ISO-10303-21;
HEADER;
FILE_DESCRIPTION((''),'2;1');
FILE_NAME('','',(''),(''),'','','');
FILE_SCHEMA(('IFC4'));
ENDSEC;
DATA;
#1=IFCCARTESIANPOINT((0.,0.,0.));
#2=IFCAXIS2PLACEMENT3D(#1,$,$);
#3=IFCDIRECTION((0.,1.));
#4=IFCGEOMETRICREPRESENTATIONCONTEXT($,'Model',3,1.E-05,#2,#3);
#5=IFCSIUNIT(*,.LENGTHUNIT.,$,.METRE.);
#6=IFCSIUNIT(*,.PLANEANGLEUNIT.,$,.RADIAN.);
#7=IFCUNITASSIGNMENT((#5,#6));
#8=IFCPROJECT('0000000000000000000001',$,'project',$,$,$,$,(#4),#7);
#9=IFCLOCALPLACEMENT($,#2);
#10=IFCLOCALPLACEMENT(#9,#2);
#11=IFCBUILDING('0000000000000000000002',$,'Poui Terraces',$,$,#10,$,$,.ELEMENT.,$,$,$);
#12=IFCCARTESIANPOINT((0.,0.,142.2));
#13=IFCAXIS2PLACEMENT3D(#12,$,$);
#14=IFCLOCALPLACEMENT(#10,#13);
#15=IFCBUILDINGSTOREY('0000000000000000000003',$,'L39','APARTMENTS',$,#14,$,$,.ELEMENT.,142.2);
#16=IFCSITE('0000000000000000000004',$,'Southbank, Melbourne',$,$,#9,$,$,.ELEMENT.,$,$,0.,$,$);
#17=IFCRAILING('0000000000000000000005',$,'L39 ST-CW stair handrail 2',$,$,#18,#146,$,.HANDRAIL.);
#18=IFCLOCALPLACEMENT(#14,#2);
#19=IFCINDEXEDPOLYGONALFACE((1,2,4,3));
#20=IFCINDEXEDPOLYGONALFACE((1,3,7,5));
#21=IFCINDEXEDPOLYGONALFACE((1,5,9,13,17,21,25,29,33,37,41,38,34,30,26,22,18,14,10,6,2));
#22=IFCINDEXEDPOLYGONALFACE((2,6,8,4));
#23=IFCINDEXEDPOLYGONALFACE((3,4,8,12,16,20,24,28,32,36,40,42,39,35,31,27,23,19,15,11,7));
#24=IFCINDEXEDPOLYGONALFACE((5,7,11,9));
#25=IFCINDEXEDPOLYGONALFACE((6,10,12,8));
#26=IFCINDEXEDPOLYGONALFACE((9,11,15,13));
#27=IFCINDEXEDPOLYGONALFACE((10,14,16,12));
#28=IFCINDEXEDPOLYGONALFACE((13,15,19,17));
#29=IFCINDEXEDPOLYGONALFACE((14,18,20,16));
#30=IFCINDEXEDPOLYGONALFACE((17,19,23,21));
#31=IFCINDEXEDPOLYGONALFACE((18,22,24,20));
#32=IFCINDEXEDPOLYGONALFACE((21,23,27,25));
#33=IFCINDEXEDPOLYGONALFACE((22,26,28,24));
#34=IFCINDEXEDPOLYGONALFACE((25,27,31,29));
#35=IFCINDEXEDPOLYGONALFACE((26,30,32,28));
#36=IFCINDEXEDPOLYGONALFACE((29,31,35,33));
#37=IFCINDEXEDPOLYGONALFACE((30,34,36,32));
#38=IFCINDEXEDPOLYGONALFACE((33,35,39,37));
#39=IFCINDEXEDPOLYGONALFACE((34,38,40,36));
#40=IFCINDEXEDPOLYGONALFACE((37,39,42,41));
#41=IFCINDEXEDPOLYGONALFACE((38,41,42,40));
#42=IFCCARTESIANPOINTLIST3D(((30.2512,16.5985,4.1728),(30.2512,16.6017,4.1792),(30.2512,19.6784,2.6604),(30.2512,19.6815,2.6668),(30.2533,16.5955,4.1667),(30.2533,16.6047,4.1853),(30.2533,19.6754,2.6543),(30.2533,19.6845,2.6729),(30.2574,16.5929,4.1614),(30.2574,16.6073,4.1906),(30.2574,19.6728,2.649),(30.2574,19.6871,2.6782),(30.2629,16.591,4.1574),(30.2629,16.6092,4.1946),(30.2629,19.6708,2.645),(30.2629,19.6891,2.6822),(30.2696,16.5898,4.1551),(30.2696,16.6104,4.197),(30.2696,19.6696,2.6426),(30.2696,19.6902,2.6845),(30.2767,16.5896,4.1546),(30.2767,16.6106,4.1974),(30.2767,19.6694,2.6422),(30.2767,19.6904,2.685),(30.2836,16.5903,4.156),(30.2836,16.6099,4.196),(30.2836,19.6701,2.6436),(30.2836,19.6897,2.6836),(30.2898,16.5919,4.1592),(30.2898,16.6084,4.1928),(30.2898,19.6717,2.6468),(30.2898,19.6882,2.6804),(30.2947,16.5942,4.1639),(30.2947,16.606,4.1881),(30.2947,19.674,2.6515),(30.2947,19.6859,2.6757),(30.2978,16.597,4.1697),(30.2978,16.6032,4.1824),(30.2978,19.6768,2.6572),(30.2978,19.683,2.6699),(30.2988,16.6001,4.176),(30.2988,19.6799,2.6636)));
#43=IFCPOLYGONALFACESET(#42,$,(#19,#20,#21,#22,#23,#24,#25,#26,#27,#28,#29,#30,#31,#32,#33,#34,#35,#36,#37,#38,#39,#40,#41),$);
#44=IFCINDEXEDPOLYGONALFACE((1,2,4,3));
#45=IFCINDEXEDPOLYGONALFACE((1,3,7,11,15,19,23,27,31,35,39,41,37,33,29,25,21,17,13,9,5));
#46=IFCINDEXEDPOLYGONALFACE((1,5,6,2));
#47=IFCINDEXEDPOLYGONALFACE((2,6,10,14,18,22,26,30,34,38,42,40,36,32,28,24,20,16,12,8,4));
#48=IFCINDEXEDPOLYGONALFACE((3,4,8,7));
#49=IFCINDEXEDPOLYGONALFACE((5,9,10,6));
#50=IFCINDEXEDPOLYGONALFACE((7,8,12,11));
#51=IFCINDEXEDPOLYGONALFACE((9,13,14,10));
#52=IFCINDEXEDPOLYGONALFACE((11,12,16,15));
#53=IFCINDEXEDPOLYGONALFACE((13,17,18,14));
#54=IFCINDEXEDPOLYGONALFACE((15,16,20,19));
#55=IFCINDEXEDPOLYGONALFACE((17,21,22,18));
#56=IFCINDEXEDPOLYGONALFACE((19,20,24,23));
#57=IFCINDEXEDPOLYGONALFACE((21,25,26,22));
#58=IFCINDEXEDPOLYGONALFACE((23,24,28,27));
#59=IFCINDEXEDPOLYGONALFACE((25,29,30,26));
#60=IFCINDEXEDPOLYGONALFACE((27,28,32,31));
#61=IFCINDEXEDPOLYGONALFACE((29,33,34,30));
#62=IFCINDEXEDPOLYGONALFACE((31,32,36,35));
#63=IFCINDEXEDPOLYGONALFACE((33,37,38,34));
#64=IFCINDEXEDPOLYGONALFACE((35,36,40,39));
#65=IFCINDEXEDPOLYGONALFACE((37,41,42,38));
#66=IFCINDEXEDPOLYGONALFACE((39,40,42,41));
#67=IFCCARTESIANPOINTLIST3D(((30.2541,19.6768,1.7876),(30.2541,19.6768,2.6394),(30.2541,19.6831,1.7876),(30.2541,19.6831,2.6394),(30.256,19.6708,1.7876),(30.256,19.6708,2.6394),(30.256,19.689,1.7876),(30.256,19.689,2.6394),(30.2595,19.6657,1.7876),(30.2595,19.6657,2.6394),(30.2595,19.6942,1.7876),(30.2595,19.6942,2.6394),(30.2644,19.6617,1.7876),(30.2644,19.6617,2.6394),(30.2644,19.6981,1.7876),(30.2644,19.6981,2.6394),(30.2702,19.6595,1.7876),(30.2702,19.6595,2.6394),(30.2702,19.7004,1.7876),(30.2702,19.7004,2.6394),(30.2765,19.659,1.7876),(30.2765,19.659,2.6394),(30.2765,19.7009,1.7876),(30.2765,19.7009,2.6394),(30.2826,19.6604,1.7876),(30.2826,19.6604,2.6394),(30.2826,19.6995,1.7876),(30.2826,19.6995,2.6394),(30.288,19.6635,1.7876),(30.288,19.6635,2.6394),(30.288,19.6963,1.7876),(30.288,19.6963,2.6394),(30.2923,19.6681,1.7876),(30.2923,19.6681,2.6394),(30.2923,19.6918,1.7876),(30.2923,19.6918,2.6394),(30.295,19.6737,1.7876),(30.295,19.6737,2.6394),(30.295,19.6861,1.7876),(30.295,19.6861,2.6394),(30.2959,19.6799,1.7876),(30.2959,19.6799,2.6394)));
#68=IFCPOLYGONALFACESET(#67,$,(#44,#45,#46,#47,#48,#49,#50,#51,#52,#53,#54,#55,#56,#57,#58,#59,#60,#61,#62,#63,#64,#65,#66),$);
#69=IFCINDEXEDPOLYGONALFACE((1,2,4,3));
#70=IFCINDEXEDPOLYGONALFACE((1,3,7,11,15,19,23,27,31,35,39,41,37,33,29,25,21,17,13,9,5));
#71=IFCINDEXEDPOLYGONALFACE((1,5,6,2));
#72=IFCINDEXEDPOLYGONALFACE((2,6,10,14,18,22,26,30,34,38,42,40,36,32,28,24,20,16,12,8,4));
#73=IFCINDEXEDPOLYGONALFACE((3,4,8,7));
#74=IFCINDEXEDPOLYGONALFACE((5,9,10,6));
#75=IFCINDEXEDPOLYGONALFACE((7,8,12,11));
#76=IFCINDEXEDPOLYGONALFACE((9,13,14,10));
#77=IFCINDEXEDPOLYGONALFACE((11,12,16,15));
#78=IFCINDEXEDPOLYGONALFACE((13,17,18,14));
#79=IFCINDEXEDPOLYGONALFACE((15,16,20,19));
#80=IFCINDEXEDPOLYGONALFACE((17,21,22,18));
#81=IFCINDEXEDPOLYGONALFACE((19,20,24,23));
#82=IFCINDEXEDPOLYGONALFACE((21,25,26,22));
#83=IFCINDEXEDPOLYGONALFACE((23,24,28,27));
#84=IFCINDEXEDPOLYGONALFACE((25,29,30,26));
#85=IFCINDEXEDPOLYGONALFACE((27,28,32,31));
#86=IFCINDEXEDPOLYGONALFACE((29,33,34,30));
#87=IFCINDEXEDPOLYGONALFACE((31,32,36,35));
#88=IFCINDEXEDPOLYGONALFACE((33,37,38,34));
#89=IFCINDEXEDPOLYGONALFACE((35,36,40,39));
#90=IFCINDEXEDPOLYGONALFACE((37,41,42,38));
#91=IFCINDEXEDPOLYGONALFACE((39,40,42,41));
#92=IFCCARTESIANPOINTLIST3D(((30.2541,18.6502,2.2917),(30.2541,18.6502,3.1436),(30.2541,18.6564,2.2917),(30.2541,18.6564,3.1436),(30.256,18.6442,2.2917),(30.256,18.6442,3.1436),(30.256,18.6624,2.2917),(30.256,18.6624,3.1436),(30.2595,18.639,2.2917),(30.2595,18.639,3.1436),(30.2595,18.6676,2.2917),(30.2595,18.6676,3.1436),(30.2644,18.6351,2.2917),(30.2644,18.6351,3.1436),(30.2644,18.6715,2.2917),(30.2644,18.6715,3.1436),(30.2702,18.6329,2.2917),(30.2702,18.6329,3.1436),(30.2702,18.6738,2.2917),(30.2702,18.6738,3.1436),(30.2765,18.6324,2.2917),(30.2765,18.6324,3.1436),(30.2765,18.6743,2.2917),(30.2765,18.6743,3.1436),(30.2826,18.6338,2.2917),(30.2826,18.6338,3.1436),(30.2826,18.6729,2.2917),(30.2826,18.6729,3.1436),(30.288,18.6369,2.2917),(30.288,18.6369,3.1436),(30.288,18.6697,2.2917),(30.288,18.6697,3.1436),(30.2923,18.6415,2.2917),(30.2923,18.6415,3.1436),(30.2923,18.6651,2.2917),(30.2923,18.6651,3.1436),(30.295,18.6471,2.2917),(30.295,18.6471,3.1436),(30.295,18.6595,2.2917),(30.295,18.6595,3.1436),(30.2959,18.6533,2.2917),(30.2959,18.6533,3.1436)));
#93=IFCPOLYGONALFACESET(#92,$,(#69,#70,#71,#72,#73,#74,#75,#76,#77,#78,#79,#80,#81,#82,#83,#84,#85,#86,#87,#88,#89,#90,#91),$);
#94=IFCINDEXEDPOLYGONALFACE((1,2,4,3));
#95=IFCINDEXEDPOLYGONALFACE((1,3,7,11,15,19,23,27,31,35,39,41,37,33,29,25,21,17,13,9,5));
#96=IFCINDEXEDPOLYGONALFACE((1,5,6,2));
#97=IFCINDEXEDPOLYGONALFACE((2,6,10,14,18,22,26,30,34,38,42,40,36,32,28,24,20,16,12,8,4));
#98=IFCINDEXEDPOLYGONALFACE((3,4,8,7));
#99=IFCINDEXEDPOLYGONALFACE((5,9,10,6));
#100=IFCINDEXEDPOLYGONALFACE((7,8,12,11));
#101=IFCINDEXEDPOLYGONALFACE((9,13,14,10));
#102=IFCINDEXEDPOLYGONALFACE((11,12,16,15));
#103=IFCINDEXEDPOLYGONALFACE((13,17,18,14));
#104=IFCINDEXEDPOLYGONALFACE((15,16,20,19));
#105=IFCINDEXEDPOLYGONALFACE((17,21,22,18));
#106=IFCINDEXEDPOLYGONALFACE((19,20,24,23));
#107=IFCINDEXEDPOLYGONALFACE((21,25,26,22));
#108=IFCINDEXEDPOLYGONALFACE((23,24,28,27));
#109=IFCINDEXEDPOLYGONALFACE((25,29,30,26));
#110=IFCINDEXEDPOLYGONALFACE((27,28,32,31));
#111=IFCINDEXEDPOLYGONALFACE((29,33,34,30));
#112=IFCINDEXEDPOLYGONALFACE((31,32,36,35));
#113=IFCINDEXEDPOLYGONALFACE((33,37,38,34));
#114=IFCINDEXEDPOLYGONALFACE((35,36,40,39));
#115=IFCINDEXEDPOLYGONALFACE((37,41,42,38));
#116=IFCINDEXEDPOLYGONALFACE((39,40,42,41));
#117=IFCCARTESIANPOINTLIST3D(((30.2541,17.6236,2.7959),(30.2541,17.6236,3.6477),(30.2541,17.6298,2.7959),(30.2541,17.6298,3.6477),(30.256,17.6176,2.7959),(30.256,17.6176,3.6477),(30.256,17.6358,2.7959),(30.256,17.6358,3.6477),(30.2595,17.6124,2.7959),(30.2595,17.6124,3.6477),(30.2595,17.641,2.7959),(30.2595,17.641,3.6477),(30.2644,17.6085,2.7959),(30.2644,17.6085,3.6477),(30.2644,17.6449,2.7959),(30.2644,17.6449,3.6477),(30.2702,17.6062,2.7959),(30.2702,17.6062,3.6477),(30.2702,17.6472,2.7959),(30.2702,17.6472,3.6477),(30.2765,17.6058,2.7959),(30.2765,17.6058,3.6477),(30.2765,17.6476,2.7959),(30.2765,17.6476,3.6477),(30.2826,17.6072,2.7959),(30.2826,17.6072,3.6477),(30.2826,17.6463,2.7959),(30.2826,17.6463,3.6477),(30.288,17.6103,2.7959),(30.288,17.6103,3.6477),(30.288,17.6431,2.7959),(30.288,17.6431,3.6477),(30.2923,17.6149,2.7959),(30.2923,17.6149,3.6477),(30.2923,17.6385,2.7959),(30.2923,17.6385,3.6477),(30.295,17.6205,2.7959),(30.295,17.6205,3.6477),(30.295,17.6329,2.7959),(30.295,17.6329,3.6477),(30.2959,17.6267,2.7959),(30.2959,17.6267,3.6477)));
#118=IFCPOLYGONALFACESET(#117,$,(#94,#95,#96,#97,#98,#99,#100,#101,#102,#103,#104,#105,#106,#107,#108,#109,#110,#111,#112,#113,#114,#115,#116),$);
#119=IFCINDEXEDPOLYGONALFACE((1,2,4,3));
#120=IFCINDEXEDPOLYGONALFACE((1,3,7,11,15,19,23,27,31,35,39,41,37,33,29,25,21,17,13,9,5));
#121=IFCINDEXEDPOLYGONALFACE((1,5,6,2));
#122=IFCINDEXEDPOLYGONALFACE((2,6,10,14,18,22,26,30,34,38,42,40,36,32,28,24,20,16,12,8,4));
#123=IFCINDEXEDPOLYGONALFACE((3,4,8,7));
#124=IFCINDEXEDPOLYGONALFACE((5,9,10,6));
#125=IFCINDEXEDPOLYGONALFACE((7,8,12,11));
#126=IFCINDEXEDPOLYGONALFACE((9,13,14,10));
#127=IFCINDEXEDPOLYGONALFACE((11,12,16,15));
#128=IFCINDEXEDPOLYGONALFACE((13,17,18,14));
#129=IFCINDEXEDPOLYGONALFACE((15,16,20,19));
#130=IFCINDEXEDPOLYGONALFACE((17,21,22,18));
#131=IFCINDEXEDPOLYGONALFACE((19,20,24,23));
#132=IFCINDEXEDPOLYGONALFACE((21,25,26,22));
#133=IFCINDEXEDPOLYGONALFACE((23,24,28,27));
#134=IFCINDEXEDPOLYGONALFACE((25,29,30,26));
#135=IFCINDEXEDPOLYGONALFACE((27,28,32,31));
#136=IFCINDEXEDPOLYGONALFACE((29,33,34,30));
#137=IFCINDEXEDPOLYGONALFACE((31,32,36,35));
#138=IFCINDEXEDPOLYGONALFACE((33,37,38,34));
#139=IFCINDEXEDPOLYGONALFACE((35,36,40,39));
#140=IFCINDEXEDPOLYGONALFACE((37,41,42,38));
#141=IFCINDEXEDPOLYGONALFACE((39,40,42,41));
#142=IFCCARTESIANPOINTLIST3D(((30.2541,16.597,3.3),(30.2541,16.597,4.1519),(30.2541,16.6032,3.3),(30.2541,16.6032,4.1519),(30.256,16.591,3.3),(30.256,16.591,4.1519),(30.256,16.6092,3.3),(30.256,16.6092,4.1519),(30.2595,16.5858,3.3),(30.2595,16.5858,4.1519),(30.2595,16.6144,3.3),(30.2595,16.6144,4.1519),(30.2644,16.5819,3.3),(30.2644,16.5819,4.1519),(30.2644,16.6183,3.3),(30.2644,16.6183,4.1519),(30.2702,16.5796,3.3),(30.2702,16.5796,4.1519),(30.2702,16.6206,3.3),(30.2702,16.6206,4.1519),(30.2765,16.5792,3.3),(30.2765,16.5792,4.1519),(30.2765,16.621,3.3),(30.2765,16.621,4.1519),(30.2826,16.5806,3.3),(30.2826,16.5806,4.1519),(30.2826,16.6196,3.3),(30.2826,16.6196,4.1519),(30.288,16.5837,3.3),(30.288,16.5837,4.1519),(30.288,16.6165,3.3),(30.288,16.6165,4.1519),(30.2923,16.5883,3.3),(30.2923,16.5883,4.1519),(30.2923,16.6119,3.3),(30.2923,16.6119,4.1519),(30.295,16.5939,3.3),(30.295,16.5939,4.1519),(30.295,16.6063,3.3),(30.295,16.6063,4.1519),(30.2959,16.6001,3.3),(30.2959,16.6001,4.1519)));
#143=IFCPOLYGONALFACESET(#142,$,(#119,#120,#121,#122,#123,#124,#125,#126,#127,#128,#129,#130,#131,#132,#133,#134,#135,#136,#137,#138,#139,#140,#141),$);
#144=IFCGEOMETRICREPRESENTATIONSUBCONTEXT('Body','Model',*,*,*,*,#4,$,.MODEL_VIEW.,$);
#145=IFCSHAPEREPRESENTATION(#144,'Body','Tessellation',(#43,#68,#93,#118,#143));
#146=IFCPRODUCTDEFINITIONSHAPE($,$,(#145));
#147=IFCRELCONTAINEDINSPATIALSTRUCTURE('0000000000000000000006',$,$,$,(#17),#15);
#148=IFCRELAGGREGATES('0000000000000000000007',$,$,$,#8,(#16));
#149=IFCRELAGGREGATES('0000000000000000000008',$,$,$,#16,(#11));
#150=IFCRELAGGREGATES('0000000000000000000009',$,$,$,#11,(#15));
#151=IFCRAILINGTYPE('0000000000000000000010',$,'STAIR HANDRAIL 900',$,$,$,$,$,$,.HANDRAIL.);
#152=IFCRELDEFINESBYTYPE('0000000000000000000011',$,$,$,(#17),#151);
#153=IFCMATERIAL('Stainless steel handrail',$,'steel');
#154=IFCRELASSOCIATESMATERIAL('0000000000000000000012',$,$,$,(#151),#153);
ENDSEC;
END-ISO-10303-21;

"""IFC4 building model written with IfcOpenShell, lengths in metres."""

from ifc_helpers import new_model, si_unit, direction, frame, origin, origin_2d, place, context, subcontext, project, spatial, circle, extrude, material, type_object, element, save


model = new_model("IFC4")

# Units and contexts
model_context = context("Model", 3, precision=1e-05, world=origin(), true_north=direction((0.0, 1.0)))
body_context = subcontext(model_context, "Body", "Model", "MODEL_VIEW")
ifc_project = project(units=[si_unit("LENGTHUNIT", "METRE"), si_unit("PLANEANGLEUNIT", "RADIAN")], contexts=[model_context])

# Site, building, storey
site_placement = place(None, origin())
site = spatial("IfcSite", under=ifc_project, at=site_placement, Name="Southbank, Melbourne", CompositionType="ELEMENT", RefElevation=0.0)
building_placement = place(site_placement, origin())
building = spatial("IfcBuilding", under=site, at=building_placement, Name="Poui Terraces", CompositionType="ELEMENT")
storey_placement = place(building_placement, frame((0.0, 0.0, 142.2)))
storey = spatial("IfcBuildingStorey", under=building, at=storey_placement, Name="L39", Description="APARTMENTS", CompositionType="ELEMENT", Elevation=142.2)

# Railing
ifc_material_1 = material(Name="Stainless steel handrail", Category="steel")
railing_type_1 = type_object("IfcRailingType", Name="STAIR HANDRAIL 900", PredefinedType="HANDRAIL", material=ifc_material_1)
railing_1_placement = place(storey_placement, frame((30.2749, 19.6799, 1.7876)))
element("IfcRailing", 1, at=railing_1_placement, inside=storey, type_object=railing_type_1, Name="L39 ST-CW stair handrail 2", PredefinedType="HANDRAIL", context=body_context, shape_type="SweptSolid", body=[
    extrude(circle(Radius=0.0239, at=origin_2d()), frame((0.0, 0.0, 0.876), z_axis=(0.0, -0.897606, 0.440798), x_axis=(1.0, 0.0, 0.0)), (0.0, 0.0, 1.0), 3.4312),
    extrude(circle(Radius=0.021, at=origin_2d()), origin(), (0.0, 0.0, 1.0), 0.8518),
    extrude(circle(Radius=0.021, at=origin_2d()), frame((0.0, -1.0266, 0.5042)), (0.0, 0.0, 1.0), 0.8518),
    extrude(circle(Radius=0.021, at=origin_2d()), frame((0.0, -2.0532, 1.0083)), (0.0, 0.0, 1.0), 0.8518),
    extrude(circle(Radius=0.021, at=origin_2d()), frame((0.0, -3.0798, 1.5125)), (0.0, 0.0, 1.0), 0.8518),
])

save(model, "model.ifc")
